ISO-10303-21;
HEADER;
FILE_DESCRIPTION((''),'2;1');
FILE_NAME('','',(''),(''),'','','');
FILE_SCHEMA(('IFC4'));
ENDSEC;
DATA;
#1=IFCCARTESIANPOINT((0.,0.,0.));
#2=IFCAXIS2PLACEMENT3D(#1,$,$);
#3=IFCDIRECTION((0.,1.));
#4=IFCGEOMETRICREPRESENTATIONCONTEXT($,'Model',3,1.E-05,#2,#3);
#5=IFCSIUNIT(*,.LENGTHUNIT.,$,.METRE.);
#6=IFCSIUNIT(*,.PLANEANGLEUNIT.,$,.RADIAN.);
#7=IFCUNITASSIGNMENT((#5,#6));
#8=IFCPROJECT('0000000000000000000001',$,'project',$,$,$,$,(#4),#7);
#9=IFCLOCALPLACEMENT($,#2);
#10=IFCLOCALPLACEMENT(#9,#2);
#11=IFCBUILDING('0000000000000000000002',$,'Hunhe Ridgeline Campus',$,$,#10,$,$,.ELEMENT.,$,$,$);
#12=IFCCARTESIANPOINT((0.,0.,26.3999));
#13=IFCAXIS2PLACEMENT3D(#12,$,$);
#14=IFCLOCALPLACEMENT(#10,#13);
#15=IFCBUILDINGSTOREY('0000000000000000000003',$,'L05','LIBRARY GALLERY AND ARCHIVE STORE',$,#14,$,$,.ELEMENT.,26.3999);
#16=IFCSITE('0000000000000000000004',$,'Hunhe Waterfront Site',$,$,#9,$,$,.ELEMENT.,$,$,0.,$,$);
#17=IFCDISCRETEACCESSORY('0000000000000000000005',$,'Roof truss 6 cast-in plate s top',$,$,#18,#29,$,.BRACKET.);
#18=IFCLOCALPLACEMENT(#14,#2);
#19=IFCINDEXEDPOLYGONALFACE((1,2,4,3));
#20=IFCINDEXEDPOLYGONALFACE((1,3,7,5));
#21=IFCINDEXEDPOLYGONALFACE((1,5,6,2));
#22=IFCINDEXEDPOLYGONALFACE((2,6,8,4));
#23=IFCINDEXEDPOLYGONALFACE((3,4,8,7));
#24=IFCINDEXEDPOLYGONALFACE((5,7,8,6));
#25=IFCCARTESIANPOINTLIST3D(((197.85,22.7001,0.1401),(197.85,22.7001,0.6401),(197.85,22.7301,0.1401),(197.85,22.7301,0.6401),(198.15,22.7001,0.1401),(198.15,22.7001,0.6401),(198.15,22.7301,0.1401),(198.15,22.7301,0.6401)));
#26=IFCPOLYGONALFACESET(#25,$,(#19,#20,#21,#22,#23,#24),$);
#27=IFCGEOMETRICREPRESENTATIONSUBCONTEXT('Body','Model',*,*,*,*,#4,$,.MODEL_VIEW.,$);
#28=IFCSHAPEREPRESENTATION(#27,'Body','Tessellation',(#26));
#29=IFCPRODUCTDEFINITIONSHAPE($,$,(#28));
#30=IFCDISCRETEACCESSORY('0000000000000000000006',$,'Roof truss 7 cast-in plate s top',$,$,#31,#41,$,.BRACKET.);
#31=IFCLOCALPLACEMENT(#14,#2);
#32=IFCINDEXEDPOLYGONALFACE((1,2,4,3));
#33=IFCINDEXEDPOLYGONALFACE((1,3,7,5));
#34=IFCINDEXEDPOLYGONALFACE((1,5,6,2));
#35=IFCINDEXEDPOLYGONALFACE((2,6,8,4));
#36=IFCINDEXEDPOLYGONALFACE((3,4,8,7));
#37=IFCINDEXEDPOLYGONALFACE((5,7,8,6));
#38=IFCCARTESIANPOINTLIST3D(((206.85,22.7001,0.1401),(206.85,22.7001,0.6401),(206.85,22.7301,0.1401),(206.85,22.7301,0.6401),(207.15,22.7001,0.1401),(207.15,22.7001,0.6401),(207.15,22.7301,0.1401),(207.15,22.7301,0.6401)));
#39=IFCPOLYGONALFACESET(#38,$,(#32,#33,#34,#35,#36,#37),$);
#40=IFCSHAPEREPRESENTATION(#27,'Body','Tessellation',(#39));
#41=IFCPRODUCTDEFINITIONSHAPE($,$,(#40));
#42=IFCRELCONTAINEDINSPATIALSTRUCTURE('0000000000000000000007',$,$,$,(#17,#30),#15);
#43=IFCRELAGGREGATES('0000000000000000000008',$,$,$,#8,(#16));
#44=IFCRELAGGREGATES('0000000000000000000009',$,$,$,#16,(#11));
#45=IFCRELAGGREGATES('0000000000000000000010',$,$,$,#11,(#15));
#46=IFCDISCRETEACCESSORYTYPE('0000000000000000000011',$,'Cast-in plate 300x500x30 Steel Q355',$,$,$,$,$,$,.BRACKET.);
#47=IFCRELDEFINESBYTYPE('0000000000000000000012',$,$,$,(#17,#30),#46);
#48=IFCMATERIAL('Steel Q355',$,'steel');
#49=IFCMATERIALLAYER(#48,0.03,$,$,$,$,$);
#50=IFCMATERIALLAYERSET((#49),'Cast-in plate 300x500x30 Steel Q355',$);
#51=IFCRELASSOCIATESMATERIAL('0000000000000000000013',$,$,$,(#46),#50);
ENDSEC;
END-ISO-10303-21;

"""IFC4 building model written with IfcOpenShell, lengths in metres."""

from ifc_helpers import new_model, si_unit, direction, frame, origin, origin_2d, place, context, subcontext, project, spatial, rectangle, extrude, material, layer, layer_set, type_object, element, save


model = new_model("IFC4")

# Units and contexts
model_context = context("Model", 3, precision=1e-05, world=origin(), true_north=direction((0.0, 1.0)))
body_context = subcontext(model_context, "Body", "Model", "MODEL_VIEW")
ifc_project = project(units=[si_unit("LENGTHUNIT", "METRE"), si_unit("PLANEANGLEUNIT", "RADIAN")], contexts=[model_context])

# Site, building, storey
site_placement = place(None, origin())
site = spatial("IfcSite", under=ifc_project, at=site_placement, Name="Hunhe Waterfront Site", CompositionType="ELEMENT", RefElevation=0.0)
building_placement = place(site_placement, origin())
building = spatial("IfcBuilding", under=site, at=building_placement, Name="Hunhe Ridgeline Campus", CompositionType="ELEMENT")
storey_placement = place(building_placement, frame((0.0, 0.0, 26.3999)))
storey = spatial("IfcBuildingStorey", under=building, at=storey_placement, Name="L05", Description="LIBRARY GALLERY AND ARCHIVE STORE", CompositionType="ELEMENT", Elevation=26.3999)

# Shared definitions
ifc_material = material(Name="Steel Q355", Category="steel")

# Discrete accessories
ifc_layer = layer(ifc_material, 0.03)
ifc_layer_set = layer_set([ifc_layer], Name="Cast-in plate 300x500x30 Steel Q355")
discrete_accessory_type = type_object("IfcDiscreteAccessoryType", Name="Cast-in plate 300x500x30 Steel Q355", PredefinedType="BRACKET", material=ifc_layer_set)
for number, where, z_axis, x_axis, name in (
    (1, (198.0, 22.7151, 0.1401), (0.0, 0.0, 1.0), (0.0, 1.0, 0.0), "Roof truss 6 cast-in plate s top"),
    (2, (207.0, 22.7151, 0.1401), (0.0, 0.0, 1.0), (0.0, 1.0, 0.0), "Roof truss 7 cast-in plate s top"),
):
    element("IfcDiscreteAccessory", number, at=place(storey_placement, frame(where, z_axis=z_axis, x_axis=x_axis)), inside=storey, type_object=discrete_accessory_type, Name=name, PredefinedType="BRACKET", context=body_context, shape_type="SweptSolid", body=[
        extrude(rectangle(XDim=0.03, YDim=0.3, at=origin_2d()), origin(), (0.0, 0.0, 1.0), 0.5),
    ])

save(model, "model.ifc")
